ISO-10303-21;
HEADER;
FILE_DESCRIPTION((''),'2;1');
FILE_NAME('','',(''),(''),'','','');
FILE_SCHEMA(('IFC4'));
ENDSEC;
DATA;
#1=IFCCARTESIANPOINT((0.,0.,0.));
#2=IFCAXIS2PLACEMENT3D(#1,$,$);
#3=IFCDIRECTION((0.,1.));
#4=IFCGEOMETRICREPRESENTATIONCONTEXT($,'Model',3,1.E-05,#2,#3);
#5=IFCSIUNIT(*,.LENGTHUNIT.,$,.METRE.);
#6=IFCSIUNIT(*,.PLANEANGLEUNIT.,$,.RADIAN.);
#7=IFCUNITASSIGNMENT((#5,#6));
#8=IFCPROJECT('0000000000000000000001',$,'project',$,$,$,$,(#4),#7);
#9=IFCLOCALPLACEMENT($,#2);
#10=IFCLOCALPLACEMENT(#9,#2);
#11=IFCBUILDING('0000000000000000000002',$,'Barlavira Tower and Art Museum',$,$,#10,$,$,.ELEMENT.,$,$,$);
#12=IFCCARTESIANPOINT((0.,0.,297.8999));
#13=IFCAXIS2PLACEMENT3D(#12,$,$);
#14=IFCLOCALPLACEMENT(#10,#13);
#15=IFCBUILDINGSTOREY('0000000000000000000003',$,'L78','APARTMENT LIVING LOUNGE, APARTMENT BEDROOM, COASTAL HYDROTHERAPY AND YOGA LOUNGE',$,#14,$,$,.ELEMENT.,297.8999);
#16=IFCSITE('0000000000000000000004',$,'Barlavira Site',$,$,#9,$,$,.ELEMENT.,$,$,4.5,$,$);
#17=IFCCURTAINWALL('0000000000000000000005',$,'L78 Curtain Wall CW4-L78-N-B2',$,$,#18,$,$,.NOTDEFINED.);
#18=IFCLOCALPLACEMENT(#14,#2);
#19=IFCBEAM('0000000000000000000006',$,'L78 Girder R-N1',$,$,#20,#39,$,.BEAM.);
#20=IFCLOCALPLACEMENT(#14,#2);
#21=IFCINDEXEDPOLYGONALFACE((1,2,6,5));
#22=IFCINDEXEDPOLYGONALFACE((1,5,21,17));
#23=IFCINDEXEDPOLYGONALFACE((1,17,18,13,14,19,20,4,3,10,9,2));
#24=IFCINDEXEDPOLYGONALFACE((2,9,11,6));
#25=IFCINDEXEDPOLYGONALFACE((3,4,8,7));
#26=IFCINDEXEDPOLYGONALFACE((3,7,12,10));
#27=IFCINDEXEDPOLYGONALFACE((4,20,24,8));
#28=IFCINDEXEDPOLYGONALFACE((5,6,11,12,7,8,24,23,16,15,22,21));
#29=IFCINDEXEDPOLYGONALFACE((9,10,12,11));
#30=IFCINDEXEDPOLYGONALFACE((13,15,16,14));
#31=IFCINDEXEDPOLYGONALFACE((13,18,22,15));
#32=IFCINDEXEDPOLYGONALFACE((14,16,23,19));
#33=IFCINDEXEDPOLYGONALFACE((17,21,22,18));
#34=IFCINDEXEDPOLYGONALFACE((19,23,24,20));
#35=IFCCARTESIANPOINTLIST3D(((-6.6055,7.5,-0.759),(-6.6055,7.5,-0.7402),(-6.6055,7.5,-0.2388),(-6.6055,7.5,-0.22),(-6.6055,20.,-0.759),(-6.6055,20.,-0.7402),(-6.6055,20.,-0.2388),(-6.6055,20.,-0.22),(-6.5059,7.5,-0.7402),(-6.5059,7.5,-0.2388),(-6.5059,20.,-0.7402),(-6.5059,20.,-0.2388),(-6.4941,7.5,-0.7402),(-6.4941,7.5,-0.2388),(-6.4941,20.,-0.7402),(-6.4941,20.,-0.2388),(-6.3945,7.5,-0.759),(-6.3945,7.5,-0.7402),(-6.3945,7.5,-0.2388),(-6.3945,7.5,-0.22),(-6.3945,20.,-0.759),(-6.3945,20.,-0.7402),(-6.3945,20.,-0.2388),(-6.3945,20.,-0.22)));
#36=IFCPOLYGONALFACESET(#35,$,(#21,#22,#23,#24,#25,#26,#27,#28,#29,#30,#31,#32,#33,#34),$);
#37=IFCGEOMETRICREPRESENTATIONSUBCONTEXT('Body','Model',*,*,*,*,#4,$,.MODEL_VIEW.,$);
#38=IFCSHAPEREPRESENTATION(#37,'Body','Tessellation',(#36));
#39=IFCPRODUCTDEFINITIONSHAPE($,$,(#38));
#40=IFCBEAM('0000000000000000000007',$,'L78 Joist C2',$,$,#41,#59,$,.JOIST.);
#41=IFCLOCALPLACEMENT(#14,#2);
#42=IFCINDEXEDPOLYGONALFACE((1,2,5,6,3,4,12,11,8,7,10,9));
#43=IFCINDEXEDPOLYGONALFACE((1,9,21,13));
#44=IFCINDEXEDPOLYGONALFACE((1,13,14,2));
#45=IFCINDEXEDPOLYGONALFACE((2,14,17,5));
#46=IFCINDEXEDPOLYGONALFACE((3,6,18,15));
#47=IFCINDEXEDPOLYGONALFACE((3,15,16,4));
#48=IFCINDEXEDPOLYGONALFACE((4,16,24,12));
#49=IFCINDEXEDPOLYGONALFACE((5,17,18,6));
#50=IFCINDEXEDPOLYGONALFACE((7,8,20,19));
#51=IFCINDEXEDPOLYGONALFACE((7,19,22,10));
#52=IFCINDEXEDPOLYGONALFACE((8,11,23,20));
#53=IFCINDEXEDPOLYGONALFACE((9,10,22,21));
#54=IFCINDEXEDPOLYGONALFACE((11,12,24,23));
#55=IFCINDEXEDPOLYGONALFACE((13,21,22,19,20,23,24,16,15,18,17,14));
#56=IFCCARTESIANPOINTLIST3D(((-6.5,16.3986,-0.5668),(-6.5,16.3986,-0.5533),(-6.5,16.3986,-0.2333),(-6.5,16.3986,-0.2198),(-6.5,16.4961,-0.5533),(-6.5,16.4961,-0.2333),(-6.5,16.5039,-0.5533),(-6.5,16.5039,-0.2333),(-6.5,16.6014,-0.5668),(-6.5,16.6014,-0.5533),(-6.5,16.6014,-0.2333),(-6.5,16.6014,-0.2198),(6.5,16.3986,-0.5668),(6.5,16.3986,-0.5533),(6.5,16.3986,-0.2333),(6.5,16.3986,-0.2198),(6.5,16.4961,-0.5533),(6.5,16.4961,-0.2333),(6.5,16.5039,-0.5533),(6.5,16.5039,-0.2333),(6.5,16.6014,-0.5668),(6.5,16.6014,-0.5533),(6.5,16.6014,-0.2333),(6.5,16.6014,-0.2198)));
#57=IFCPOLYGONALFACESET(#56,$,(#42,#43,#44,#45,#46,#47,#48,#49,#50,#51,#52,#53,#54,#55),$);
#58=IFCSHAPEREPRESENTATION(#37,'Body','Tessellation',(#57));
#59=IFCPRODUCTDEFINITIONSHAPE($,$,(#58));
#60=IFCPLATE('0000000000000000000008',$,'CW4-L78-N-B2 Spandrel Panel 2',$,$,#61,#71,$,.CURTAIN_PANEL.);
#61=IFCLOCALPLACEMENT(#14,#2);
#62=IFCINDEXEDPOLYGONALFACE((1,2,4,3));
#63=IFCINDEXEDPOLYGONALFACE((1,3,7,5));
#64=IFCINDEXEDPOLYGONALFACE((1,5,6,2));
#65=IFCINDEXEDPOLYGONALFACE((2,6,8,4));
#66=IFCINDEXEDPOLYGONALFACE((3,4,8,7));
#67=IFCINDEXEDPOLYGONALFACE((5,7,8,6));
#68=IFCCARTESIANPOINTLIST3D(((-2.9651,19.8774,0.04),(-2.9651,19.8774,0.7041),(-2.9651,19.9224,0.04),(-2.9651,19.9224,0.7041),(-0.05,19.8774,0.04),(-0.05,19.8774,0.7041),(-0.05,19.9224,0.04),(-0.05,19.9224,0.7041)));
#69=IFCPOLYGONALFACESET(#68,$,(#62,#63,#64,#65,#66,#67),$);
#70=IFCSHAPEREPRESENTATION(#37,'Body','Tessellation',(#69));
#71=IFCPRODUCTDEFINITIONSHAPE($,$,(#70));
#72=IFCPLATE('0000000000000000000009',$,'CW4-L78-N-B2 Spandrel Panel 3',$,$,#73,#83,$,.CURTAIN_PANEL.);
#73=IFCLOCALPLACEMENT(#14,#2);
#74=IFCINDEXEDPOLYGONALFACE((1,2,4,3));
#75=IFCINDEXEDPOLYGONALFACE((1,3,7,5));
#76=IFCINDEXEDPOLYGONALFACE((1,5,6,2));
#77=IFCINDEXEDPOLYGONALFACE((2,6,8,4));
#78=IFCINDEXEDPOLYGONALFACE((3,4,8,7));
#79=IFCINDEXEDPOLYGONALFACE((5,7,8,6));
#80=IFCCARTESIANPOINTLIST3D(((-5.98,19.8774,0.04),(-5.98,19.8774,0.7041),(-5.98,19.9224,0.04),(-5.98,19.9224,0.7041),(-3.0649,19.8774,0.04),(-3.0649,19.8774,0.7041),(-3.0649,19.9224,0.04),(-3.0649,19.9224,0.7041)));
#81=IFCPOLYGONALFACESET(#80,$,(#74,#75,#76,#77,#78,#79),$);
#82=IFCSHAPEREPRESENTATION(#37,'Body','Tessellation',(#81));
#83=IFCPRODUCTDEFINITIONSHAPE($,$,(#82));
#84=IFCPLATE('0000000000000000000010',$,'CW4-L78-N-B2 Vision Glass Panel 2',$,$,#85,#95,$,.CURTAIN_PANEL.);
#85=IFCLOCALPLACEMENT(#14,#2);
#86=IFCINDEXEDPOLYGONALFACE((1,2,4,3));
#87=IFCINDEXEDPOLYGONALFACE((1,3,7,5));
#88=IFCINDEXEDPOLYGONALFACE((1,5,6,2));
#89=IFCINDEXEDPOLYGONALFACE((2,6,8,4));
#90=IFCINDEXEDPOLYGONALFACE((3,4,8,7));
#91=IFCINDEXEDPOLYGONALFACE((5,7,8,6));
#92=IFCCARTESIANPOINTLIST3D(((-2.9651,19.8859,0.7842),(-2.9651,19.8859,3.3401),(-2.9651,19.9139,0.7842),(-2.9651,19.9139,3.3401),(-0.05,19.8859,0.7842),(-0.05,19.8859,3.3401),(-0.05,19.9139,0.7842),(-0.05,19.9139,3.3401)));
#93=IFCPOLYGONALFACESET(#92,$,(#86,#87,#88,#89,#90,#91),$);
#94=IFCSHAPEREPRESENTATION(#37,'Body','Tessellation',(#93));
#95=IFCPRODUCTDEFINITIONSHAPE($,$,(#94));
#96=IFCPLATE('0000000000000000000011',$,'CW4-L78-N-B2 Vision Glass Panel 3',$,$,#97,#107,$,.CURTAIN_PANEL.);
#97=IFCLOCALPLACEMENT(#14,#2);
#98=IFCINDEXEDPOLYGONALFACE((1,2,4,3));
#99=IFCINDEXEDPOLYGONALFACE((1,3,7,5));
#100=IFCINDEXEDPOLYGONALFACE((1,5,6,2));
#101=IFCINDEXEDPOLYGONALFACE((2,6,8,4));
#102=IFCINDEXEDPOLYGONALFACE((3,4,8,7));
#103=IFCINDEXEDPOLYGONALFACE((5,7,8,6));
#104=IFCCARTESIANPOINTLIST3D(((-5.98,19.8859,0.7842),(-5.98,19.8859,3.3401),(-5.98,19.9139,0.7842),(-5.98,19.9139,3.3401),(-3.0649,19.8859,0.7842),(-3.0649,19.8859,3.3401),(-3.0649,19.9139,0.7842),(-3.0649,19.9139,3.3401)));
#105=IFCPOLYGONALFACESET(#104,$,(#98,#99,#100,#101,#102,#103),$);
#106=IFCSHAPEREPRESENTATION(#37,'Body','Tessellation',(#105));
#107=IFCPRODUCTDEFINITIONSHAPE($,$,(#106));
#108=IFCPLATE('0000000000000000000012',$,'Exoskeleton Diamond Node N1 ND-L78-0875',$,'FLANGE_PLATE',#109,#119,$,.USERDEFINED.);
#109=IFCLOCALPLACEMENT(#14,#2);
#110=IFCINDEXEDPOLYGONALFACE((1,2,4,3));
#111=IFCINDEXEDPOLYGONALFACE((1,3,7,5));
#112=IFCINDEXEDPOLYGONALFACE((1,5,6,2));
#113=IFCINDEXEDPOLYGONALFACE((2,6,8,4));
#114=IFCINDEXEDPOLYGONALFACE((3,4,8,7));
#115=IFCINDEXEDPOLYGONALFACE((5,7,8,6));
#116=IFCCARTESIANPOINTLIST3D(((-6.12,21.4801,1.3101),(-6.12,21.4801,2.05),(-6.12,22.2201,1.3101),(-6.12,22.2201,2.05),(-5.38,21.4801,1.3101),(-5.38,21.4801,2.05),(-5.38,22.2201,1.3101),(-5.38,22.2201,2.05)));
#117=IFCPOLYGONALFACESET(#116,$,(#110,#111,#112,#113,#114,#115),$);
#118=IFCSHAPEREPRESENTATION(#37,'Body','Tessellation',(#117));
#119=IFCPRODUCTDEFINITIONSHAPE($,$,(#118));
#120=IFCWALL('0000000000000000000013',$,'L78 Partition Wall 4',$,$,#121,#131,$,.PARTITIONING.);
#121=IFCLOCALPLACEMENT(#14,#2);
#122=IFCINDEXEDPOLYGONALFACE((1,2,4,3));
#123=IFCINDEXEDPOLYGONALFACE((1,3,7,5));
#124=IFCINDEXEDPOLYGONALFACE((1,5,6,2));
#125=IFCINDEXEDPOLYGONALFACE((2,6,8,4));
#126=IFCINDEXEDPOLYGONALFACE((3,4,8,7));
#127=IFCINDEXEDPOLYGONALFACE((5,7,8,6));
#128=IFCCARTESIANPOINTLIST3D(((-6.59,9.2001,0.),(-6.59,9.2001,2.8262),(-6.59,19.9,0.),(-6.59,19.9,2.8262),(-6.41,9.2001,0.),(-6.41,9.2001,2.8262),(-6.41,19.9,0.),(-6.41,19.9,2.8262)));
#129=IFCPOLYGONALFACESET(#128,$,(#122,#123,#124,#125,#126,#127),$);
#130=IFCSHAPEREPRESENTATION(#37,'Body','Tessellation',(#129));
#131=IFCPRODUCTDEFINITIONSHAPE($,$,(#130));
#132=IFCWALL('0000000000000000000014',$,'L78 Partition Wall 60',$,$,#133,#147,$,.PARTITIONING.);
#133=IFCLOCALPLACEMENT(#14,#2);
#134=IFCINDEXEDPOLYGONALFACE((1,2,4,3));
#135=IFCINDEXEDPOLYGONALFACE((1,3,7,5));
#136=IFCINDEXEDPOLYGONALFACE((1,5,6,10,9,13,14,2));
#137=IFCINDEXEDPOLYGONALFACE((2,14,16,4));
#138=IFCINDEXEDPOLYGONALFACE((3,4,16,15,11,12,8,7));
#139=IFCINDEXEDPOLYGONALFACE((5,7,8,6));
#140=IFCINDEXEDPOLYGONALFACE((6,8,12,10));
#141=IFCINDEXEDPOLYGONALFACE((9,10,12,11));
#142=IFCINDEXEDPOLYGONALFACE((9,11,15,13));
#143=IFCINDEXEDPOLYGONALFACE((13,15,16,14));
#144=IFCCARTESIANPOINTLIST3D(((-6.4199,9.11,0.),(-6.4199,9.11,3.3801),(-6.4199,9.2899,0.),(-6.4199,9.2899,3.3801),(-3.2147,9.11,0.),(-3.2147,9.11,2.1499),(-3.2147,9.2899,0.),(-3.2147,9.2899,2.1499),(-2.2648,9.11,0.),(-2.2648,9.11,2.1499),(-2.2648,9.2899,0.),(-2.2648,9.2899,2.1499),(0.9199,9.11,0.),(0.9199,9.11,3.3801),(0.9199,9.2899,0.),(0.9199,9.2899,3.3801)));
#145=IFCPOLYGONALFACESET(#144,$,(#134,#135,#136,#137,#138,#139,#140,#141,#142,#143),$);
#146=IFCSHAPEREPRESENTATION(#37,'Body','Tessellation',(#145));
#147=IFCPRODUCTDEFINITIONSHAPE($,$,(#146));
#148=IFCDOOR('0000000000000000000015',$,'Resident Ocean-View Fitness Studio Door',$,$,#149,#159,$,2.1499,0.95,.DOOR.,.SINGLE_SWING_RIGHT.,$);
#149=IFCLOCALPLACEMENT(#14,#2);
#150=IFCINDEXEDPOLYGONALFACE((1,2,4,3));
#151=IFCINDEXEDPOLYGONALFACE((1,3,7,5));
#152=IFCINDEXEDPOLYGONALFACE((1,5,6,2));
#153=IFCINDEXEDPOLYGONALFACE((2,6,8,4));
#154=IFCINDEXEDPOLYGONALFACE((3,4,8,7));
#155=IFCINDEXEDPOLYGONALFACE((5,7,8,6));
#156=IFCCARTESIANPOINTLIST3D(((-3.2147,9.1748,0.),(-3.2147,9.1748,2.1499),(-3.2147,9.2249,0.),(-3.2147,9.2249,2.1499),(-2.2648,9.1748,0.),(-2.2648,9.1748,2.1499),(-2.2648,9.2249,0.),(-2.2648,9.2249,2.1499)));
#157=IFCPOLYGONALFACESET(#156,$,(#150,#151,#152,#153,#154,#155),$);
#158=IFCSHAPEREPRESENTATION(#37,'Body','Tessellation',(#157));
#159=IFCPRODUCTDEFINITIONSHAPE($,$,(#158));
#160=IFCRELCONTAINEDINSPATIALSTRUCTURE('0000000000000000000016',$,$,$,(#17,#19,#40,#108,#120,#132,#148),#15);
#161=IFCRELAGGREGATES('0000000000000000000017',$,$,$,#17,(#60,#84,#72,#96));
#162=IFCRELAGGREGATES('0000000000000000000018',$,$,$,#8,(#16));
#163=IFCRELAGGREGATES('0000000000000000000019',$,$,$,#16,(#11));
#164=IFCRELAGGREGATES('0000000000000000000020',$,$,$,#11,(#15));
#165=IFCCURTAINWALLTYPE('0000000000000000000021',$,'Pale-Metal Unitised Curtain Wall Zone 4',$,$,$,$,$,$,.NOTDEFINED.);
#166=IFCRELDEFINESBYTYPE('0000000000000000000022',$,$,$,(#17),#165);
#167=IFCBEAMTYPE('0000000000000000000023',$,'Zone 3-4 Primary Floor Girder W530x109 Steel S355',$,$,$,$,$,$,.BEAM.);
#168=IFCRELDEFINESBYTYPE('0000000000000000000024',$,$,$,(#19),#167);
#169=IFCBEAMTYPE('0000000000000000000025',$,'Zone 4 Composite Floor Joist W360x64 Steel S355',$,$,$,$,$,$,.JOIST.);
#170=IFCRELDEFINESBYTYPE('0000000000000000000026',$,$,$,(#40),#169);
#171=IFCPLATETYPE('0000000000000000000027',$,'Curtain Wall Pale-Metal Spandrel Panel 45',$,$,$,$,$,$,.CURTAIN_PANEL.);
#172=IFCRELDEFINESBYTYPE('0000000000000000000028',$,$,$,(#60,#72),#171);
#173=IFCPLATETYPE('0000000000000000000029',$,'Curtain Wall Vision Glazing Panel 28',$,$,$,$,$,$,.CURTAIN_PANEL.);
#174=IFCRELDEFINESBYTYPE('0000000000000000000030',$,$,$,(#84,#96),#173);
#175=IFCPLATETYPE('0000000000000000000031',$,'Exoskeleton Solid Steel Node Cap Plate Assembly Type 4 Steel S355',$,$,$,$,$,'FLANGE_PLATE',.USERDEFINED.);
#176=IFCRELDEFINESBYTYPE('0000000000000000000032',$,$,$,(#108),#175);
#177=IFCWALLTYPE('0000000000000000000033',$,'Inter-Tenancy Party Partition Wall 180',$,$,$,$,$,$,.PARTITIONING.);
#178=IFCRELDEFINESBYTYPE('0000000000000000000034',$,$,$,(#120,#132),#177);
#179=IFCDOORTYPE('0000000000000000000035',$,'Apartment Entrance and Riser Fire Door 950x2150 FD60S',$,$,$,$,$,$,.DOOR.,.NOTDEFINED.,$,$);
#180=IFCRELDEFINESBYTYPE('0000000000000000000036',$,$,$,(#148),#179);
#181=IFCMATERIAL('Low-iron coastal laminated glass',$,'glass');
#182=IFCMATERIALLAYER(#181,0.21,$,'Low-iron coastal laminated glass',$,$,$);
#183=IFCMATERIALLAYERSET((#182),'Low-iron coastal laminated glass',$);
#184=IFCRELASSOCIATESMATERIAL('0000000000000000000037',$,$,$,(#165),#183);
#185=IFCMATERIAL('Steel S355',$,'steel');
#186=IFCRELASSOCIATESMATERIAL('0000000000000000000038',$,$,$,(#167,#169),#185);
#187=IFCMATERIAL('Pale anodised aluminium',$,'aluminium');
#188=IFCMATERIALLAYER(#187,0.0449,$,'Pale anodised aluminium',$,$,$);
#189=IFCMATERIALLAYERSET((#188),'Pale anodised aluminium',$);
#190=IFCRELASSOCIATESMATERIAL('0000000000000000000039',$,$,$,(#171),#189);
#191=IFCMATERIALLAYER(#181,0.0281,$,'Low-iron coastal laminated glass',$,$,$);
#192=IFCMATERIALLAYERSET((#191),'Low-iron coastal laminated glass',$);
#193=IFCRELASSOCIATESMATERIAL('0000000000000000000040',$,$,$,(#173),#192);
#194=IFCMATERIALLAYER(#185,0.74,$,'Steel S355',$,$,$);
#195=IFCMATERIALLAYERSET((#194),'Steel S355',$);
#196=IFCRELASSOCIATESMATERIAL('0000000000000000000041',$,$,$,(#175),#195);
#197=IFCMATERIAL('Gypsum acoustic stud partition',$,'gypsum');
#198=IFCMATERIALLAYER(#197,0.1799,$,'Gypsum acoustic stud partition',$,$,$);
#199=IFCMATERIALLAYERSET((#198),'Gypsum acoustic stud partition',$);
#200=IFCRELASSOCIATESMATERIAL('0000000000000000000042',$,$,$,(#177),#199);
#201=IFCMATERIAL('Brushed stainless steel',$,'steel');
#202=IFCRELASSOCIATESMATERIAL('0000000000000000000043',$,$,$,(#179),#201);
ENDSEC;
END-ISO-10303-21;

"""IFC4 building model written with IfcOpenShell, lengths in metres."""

from ifc_helpers import new_model, si_unit, direction, frame, frame_2d, origin, origin_2d, place, context, subcontext, project, spatial, rectangle, i_section, extrude, material, layer, layer_set, material_profile, profile_set, type_object, element, fill, aggregate, save


model = new_model("IFC4")

# Units and contexts
model_context = context("Model", 3, precision=1e-05, world=origin(), true_north=direction((0.0, 1.0)))
body_context = subcontext(model_context, "Body", "Model", "MODEL_VIEW")
ifc_project = project(units=[si_unit("LENGTHUNIT", "METRE"), si_unit("PLANEANGLEUNIT", "RADIAN")], contexts=[model_context])

# Site, building, storey
site_placement = place(None, origin())
site = spatial("IfcSite", under=ifc_project, at=site_placement, Name="Barlavira Site", CompositionType="ELEMENT", RefElevation=4.5)
building_placement = place(site_placement, origin())
building = spatial("IfcBuilding", under=site, at=building_placement, Name="Barlavira Tower and Art Museum", CompositionType="ELEMENT")
storey_placement = place(building_placement, frame((0.0, 0.0, 297.8999)))
storey = spatial("IfcBuildingStorey", under=building, at=storey_placement, Name="L78", Description="APARTMENT LIVING LOUNGE, APARTMENT BEDROOM, COASTAL HYDROTHERAPY AND YOGA LOUNGE", CompositionType="ELEMENT", Elevation=297.8999)

# Curtain wall
ifc_material_1 = material(Name="Low-iron coastal laminated glass", Category="glass")
ifc_layer_1 = layer(ifc_material_1, 0.21, Name="Low-iron coastal laminated glass")
ifc_layer_set_1 = layer_set([ifc_layer_1], Name="Low-iron coastal laminated glass")
curtain_wall_type = type_object("IfcCurtainWallType", Name="Pale-Metal Unitised Curtain Wall Zone 4", PredefinedType="NOTDEFINED", material=ifc_layer_set_1)
curtain_wall_placement = place(storey_placement, origin())
curtain_wall = element("IfcCurtainWall", 1, at=curtain_wall_placement, inside=storey, type_object=curtain_wall_type, Name="L78 Curtain Wall CW4-L78-N-B2", PredefinedType="NOTDEFINED")
ifc_material_2 = material(Name="Pale anodised aluminium", Category="aluminium")

# Beams
ifc_material_3 = material(Name="Steel S355", Category="steel")
ifc_material_profile_1 = material_profile(ifc_material_3, i_section(OverallWidth=0.2109, OverallDepth=0.5391, WebThickness=0.0117, FlangeThickness=0.0188, at=origin_2d()), Name="W530x109.0")
ifc_profile_set_1 = profile_set([ifc_material_profile_1], Name="Steel S355")
beam_type_1 = type_object("IfcBeamType", Name="Zone 3-4 Primary Floor Girder W530x109 Steel S355", PredefinedType="BEAM", material=ifc_profile_set_1)
beam_1_placement = place(storey_placement, frame((-6.5, 7.5, -0.4895), z_axis=(0.0, 1.0, 0.0), x_axis=(-1.0, 0.0, 0.0)))
element("IfcBeam", 2, at=beam_1_placement, inside=storey, type_object=beam_type_1, Name="L78 Girder R-N1", PredefinedType="BEAM", context=body_context, shape_type="SweptSolid", body=[
    extrude(i_section(OverallWidth=0.2109, OverallDepth=0.5391, WebThickness=0.0117, FlangeThickness=0.0188, at=origin_2d()), origin(), (0.0, 0.0, 1.0), 12.5),
])
ifc_material_profile_2 = material_profile(ifc_material_3, i_section(OverallWidth=0.2029, OverallDepth=0.3469, WebThickness=0.0078, FlangeThickness=0.0134, at=origin_2d()), Name="W360x64.0")
ifc_profile_set_2 = profile_set([ifc_material_profile_2], Name="Steel S355")
beam_type_2 = type_object("IfcBeamType", Name="Zone 4 Composite Floor Joist W360x64 Steel S355", PredefinedType="JOIST", material=ifc_profile_set_2)
beam_2_placement = place(storey_placement, frame((-6.5, 16.5, -0.3933), z_axis=(1.0, 0.0, 0.0), x_axis=(0.0, 1.0, 0.0)))
element("IfcBeam", 3, at=beam_2_placement, inside=storey, type_object=beam_type_2, Name="L78 Joist C2", PredefinedType="JOIST", context=body_context, shape_type="SweptSolid", body=[
    extrude(i_section(OverallWidth=0.2029, OverallDepth=0.3469, WebThickness=0.0078, FlangeThickness=0.0134, at=origin_2d()), origin(), (0.0, 0.0, 1.0), 13.0),
])

# Plates
ifc_layer_2 = layer(ifc_material_2, 0.0449, Name="Pale anodised aluminium")
ifc_layer_set_2 = layer_set([ifc_layer_2], Name="Pale anodised aluminium")
plate_type_1 = type_object("IfcPlateType", Name="Curtain Wall Pale-Metal Spandrel Panel 45", PredefinedType="CURTAIN_PANEL", material=ifc_layer_set_2)
plate_1_placement = place(storey_placement, frame((-1.5076, 19.8999, 0.04), z_axis=(0.0, 0.0, 1.0), x_axis=(-1.0, 0.0, 0.0)))
plate_1 = element("IfcPlate", 4, at=plate_1_placement, type_object=plate_type_1, Name="CW4-L78-N-B2 Spandrel Panel 2", PredefinedType="CURTAIN_PANEL", context=body_context, shape_type="SweptSolid", body=[
    extrude(rectangle(XDim=2.915, YDim=0.0449, at=origin_2d()), origin(), (0.0, 0.0, 1.0), 0.6641),
])
plate_2_placement = place(storey_placement, frame((-4.5225, 19.8999, 0.04), z_axis=(0.0, 0.0, 1.0), x_axis=(-1.0, 0.0, 0.0)))
plate_2 = element("IfcPlate", 5, at=plate_2_placement, type_object=plate_type_1, Name="CW4-L78-N-B2 Spandrel Panel 3", PredefinedType="CURTAIN_PANEL", context=body_context, shape_type="SweptSolid", body=[
    extrude(rectangle(XDim=2.915, YDim=0.0449, at=origin_2d()), origin(), (0.0, 0.0, 1.0), 0.6641),
])
ifc_layer_3 = layer(ifc_material_1, 0.0281, Name="Low-iron coastal laminated glass")
ifc_layer_set_3 = layer_set([ifc_layer_3], Name="Low-iron coastal laminated glass")
plate_type_2 = type_object("IfcPlateType", Name="Curtain Wall Vision Glazing Panel 28", PredefinedType="CURTAIN_PANEL", material=ifc_layer_set_3)
plate_3_placement = place(storey_placement, frame((-1.5076, 19.8999, 0.7842), z_axis=(0.0, 0.0, 1.0), x_axis=(-1.0, 0.0, 0.0)))
plate_3 = element("IfcPlate", 6, at=plate_3_placement, type_object=plate_type_2, Name="CW4-L78-N-B2 Vision Glass Panel 2", PredefinedType="CURTAIN_PANEL", context=body_context, shape_type="SweptSolid", body=[
    extrude(rectangle(XDim=2.915, YDim=0.0281, at=origin_2d()), origin(), (0.0, 0.0, 1.0), 2.5559),
])
plate_4_placement = place(storey_placement, frame((-4.5225, 19.8999, 0.7842), z_axis=(0.0, 0.0, 1.0), x_axis=(-1.0, 0.0, 0.0)))
plate_4 = element("IfcPlate", 7, at=plate_4_placement, type_object=plate_type_2, Name="CW4-L78-N-B2 Vision Glass Panel 3", PredefinedType="CURTAIN_PANEL", context=body_context, shape_type="SweptSolid", body=[
    extrude(rectangle(XDim=2.915, YDim=0.0281, at=origin_2d()), origin(), (0.0, 0.0, 1.0), 2.5559),
])
aggregate(curtain_wall, [plate_1, plate_3, plate_2, plate_4])
ifc_layer_4 = layer(ifc_material_3, 0.74, Name="Steel S355")
ifc_layer_set_4 = layer_set([ifc_layer_4], Name="Steel S355")
plate_type_3 = type_object("IfcPlateType", Name="Exoskeleton Solid Steel Node Cap Plate Assembly Type 4 Steel S355", ElementType="FLANGE_PLATE", PredefinedType="USERDEFINED", material=ifc_layer_set_4)
plate_5_placement = place(storey_placement, frame((-5.75, 21.8501, 1.3101), z_axis=(0.0, 0.0, 1.0), x_axis=(1.0, 0.0, 0.0)))
element("IfcPlate", 8, at=plate_5_placement, inside=storey, type_object=plate_type_3, Name="Exoskeleton Diamond Node N1 ND-L78-0875", ObjectType="FLANGE_PLATE", PredefinedType="USERDEFINED", context=body_context, shape_type="SweptSolid", body=[
    extrude(rectangle(XDim=0.74, YDim=0.74, at=origin_2d()), origin(), (0.0, 0.0, 1.0), 0.74),
])

# Wall
ifc_material_4 = material(Name="Gypsum acoustic stud partition", Category="gypsum")
ifc_layer_5 = layer(ifc_material_4, 0.1799, Name="Gypsum acoustic stud partition")
ifc_layer_set_5 = layer_set([ifc_layer_5], Name="Gypsum acoustic stud partition")
wall_type = type_object("IfcWallType", Name="Inter-Tenancy Party Partition Wall 180", PredefinedType="PARTITIONING", material=ifc_layer_set_5)
wall_1_placement = place(storey_placement, frame((-6.5, 9.2, 0.0), z_axis=(0.0, 0.0, 1.0), x_axis=(0.0, 1.0, 0.0)))
element("IfcWall", 9, at=wall_1_placement, inside=storey, type_object=wall_type, Name="L78 Partition Wall 4", PredefinedType="PARTITIONING", context=body_context, shape_type="SweptSolid", body=[
    extrude(rectangle(XDim=10.7, YDim=0.1799, at=frame_2d((5.3501, 0.0))), origin(), (0.0, 0.0, 1.0), 2.8262),
])

# Wall, opening, door
wall_2_placement = place(storey_placement, frame((-6.4199, 9.2, 0.0), z_axis=(0.0, 0.0, 1.0), x_axis=(1.0, 0.0, 0.0)))
wall_2 = element("IfcWall", 10, at=wall_2_placement, inside=storey, type_object=wall_type, Name="L78 Partition Wall 60", PredefinedType="PARTITIONING", context=body_context, shape_type="SweptSolid", body=[
    extrude(rectangle(XDim=7.3398, YDim=0.1799, at=frame_2d((3.6699, 0.0))), origin(), (0.0, 0.0, 1.0), 3.3801),
])
opening_placement = place(wall_2_placement, frame((3.2051, 0.0, 0.0)))
opening = element("IfcOpeningElement", 11, at=opening_placement, cuts=wall_2, PredefinedType="OPENING", context=body_context, shape_type="SweptSolid", body=[
    extrude(rectangle(XDim=0.95, YDim=2.1499, at=frame_2d((0.4751, 1.075))), frame((0.0, 0.1001, 0.0), z_axis=(0.0, -1.0, 0.0), x_axis=(1.0, 0.0, 0.0)), (0.0, 0.0, 1.0), 0.2),
])
ifc_material_5 = material(Name="Brushed stainless steel", Category="steel")
door_type = type_object("IfcDoorType", Name="Apartment Entrance and Riser Fire Door 950x2150 FD60S", OperationType="NOTDEFINED", PredefinedType="DOOR", material=ifc_material_5)
door_placement = place(opening_placement, origin())
door = element("IfcDoor", 12, at=door_placement, inside=storey, type_object=door_type, Name="Resident Ocean-View Fitness Studio Door", OperationType="SINGLE_SWING_RIGHT", OverallHeight=2.1499, OverallWidth=0.95, PredefinedType="DOOR", context=body_context, shape_type="SweptSolid", body=[
    extrude(rectangle(XDim=0.95, YDim=2.1499, at=frame_2d((0.4751, 1.075))), frame((0.0, 0.0249, 0.0), z_axis=(0.0, -1.0, 0.0), x_axis=(1.0, 0.0, 0.0)), (0.0, 0.0, 1.0), 0.05),
])
fill(opening, door)

save(model, "model.ifc")
